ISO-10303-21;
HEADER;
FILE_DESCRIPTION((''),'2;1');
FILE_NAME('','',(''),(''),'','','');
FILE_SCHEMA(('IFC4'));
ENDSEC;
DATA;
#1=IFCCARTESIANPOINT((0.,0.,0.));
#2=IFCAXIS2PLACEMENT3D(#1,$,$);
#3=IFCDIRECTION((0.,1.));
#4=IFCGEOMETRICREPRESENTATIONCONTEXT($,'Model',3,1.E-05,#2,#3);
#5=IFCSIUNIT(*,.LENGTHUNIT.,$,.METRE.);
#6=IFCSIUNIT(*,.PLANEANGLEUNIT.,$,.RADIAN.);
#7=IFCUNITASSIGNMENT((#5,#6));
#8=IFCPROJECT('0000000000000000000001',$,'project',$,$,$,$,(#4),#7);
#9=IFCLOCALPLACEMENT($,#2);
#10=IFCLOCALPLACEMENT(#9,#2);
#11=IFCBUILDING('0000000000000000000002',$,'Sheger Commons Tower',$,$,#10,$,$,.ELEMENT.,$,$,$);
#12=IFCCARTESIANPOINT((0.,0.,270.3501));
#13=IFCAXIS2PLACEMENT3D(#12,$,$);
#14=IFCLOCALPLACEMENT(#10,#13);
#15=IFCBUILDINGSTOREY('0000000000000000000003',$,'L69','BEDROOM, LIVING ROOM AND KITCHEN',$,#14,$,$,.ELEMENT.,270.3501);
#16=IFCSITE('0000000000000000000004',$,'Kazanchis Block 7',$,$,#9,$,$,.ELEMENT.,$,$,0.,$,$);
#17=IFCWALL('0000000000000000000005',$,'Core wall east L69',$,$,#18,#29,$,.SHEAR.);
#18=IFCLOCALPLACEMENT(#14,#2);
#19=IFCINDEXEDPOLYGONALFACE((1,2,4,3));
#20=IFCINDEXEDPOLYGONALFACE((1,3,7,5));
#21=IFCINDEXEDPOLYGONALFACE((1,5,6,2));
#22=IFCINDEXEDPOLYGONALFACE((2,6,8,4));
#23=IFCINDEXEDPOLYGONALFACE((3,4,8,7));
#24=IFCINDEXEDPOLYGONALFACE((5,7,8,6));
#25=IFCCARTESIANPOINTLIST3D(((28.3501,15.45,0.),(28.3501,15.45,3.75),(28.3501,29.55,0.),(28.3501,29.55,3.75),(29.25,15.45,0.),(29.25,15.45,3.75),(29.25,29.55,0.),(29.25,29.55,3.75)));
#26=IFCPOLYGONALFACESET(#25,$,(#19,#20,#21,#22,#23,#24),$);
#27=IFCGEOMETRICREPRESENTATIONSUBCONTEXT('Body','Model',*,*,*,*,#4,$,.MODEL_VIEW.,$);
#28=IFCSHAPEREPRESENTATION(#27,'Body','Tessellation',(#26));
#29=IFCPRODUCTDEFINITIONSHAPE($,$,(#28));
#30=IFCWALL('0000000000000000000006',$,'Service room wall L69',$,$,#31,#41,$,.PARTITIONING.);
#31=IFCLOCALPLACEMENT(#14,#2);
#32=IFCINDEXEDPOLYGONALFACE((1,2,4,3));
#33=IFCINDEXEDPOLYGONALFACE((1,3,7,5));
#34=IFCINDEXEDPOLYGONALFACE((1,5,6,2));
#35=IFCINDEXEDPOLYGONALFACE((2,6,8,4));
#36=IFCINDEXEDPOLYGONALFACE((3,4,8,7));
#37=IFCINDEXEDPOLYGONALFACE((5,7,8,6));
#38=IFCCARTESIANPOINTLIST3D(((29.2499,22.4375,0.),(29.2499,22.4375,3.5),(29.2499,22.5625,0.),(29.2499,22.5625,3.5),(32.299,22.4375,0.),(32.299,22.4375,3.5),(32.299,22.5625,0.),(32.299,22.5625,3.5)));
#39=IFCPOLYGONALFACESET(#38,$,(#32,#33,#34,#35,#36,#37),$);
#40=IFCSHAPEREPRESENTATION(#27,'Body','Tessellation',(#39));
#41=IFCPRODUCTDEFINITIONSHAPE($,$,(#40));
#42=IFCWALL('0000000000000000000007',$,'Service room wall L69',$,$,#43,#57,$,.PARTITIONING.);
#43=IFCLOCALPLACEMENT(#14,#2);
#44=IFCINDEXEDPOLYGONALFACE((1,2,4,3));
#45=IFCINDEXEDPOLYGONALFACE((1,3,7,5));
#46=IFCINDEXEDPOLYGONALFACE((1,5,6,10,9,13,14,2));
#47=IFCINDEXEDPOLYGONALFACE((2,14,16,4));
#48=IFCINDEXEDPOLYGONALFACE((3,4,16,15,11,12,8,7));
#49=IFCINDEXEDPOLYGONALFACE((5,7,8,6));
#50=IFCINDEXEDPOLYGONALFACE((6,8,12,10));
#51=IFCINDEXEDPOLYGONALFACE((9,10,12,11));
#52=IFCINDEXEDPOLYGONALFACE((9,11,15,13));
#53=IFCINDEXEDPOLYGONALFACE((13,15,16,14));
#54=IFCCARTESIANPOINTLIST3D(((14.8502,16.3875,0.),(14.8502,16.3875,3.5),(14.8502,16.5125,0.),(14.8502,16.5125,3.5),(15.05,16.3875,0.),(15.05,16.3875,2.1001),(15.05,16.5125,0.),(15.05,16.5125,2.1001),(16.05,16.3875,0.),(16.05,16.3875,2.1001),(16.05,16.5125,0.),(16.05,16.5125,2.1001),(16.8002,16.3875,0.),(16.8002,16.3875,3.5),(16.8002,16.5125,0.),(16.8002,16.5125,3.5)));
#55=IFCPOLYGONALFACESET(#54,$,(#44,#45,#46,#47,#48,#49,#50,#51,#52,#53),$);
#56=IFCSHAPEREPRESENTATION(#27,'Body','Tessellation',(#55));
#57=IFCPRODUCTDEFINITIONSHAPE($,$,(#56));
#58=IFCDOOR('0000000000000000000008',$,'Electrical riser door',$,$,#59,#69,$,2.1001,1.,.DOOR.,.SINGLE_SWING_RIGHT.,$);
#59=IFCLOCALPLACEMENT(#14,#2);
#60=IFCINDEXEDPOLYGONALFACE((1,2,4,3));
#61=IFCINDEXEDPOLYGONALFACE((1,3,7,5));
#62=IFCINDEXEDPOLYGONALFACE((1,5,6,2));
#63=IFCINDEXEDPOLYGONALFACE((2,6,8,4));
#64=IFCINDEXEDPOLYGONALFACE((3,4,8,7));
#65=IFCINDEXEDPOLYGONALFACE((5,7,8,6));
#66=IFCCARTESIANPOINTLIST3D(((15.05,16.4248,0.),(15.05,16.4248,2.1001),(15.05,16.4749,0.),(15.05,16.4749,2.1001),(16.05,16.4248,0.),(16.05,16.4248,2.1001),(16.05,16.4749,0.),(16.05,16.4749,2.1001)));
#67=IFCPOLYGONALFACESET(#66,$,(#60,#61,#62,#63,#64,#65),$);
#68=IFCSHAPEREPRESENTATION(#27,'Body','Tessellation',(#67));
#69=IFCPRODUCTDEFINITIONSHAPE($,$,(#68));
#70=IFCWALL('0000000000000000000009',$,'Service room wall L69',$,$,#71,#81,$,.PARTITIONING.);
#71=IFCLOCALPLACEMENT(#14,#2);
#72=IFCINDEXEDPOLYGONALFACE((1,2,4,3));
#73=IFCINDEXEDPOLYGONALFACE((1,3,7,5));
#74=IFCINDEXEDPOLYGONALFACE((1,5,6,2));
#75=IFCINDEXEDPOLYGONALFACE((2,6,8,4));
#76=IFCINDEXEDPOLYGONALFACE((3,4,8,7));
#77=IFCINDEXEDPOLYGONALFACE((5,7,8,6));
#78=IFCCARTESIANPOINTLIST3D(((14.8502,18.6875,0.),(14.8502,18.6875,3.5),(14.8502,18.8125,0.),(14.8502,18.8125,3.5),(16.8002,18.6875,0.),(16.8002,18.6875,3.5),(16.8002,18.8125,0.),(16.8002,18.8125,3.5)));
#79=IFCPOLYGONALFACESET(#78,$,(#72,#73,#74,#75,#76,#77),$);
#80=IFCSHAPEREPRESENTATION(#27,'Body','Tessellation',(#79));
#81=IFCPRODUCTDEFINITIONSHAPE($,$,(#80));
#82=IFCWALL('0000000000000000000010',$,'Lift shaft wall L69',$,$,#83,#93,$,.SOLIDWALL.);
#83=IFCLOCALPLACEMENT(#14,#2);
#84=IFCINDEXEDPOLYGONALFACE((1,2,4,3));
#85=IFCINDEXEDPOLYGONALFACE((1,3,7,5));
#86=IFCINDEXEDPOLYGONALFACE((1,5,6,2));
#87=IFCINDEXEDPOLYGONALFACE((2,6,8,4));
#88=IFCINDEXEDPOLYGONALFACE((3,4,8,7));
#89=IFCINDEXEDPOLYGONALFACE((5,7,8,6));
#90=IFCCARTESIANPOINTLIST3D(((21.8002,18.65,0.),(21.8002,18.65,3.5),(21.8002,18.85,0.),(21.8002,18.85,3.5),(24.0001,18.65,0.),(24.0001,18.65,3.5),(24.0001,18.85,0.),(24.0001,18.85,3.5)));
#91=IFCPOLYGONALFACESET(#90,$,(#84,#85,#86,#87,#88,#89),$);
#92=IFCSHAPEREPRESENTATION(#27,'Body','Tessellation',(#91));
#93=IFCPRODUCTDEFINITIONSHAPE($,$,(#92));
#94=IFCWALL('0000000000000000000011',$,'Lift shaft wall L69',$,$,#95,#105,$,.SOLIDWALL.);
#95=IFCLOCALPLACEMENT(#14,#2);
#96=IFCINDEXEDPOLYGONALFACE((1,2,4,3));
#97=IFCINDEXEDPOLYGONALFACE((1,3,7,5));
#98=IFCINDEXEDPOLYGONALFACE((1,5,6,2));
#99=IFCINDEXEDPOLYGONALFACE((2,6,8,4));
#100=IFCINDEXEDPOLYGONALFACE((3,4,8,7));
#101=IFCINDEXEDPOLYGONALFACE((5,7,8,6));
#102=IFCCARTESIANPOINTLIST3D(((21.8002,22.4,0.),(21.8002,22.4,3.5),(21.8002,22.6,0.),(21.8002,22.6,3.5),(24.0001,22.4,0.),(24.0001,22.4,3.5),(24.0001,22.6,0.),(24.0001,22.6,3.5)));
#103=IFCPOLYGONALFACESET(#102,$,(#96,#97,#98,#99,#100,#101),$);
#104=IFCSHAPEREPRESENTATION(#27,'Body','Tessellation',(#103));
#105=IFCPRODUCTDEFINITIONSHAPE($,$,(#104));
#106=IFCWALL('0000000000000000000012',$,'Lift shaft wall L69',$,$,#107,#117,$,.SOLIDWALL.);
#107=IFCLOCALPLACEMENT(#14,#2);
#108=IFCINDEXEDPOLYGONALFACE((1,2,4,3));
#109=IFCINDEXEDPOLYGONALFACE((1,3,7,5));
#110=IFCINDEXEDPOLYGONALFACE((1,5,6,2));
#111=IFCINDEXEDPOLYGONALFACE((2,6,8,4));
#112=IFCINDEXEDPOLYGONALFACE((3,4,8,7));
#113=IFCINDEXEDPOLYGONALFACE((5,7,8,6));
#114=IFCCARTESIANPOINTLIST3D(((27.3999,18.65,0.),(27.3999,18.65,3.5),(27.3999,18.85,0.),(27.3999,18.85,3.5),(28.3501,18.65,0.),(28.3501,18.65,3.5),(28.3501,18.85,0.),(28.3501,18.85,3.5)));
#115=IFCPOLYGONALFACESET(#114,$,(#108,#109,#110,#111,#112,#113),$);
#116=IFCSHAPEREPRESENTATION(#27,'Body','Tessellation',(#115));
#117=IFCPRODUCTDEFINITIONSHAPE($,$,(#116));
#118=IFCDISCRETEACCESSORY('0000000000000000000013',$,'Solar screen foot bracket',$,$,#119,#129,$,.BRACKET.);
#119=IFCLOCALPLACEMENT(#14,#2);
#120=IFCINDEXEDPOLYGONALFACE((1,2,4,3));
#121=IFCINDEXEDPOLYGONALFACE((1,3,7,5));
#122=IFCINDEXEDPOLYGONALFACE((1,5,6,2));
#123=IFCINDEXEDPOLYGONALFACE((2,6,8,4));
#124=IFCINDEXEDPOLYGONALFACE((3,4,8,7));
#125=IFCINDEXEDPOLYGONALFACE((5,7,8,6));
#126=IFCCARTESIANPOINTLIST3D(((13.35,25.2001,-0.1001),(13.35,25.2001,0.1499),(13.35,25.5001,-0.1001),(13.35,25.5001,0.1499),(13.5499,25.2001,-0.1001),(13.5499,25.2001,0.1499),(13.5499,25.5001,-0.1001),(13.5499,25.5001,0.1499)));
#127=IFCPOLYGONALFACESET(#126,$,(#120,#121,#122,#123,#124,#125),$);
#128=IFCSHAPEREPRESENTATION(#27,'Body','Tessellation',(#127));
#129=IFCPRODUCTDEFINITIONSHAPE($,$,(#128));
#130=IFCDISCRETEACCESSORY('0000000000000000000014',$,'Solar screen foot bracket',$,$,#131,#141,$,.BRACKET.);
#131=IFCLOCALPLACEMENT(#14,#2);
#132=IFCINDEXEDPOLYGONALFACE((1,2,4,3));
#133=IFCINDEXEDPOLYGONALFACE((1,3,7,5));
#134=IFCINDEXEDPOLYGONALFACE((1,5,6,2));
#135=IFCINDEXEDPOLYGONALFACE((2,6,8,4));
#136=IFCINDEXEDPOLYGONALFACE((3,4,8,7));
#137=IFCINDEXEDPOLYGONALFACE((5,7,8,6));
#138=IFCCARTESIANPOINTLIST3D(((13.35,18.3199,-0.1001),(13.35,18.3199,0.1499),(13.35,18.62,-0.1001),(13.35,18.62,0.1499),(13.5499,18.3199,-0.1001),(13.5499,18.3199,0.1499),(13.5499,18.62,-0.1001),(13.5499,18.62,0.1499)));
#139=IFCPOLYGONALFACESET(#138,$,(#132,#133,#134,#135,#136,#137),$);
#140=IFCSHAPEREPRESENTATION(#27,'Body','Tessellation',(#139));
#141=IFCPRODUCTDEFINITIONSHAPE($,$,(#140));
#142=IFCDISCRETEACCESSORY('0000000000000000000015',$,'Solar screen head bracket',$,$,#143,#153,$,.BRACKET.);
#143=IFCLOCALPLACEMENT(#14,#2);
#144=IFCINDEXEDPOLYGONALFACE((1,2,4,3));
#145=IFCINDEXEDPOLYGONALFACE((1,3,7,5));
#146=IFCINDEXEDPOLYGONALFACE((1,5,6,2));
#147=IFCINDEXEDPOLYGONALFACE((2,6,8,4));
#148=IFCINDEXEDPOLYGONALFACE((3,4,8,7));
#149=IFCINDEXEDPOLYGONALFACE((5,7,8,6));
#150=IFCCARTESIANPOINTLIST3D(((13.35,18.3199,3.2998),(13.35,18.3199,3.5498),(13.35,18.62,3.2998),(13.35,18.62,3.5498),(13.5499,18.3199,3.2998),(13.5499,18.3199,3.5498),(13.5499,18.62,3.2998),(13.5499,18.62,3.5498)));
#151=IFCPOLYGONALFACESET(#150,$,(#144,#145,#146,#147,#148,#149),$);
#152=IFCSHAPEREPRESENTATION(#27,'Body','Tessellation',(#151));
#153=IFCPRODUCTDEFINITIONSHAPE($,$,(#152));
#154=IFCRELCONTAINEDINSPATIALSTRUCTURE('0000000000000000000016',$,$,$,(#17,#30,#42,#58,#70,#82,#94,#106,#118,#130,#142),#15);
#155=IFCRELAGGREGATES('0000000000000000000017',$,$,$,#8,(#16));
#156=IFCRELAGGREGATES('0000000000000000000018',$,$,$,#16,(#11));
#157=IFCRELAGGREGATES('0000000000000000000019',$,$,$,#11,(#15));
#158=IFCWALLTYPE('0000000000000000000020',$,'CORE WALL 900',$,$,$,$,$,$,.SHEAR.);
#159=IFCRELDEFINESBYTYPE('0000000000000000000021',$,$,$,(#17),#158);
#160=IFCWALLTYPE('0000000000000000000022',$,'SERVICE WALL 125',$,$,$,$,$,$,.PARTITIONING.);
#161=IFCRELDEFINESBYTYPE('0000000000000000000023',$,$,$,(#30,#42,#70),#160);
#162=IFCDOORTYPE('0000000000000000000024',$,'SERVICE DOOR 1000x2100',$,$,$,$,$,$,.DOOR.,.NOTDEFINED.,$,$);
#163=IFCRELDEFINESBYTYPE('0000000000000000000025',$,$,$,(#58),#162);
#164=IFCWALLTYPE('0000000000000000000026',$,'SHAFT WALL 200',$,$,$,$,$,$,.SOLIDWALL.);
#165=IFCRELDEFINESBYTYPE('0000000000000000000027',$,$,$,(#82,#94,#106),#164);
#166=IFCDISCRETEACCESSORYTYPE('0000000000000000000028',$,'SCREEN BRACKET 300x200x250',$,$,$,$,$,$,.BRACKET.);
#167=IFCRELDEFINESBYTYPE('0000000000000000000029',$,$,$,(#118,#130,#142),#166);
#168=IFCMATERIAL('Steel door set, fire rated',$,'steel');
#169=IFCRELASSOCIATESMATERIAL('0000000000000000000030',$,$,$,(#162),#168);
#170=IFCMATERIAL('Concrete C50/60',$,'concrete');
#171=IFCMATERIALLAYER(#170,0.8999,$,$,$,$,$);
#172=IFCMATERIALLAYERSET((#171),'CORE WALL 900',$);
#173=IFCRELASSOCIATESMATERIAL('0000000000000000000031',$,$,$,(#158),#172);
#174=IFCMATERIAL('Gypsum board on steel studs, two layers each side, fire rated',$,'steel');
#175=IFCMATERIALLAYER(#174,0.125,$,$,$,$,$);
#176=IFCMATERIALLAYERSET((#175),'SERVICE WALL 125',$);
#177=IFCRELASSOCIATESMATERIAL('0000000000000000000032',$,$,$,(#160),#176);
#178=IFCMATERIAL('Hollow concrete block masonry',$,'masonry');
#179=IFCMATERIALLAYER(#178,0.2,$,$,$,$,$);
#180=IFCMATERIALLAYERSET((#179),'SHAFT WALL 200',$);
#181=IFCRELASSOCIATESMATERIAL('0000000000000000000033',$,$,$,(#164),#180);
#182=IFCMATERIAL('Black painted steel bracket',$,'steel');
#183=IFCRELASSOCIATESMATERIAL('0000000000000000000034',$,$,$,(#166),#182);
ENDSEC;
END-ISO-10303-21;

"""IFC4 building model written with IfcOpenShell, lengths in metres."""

from ifc_helpers import new_model, si_unit, direction, frame, frame_2d, origin, origin_2d, place, context, subcontext, project, spatial, rectangle, extrude, material, layer, layer_set, type_object, element, fill, save


model = new_model("IFC4")

# Units and contexts
model_context = context("Model", 3, precision=1e-05, world=origin(), true_north=direction((0.0, 1.0)))
body_context = subcontext(model_context, "Body", "Model", "MODEL_VIEW")
ifc_project = project(units=[si_unit("LENGTHUNIT", "METRE"), si_unit("PLANEANGLEUNIT", "RADIAN")], contexts=[model_context])

# Site, building, storey
site_placement = place(None, origin())
site = spatial("IfcSite", under=ifc_project, at=site_placement, Name="Kazanchis Block 7", CompositionType="ELEMENT", RefElevation=0.0)
building_placement = place(site_placement, origin())
building = spatial("IfcBuilding", under=site, at=building_placement, Name="Sheger Commons Tower", CompositionType="ELEMENT")
storey_placement = place(building_placement, frame((0.0, 0.0, 270.3501)))
storey = spatial("IfcBuildingStorey", under=building, at=storey_placement, Name="L69", Description="BEDROOM, LIVING ROOM AND KITCHEN", CompositionType="ELEMENT", Elevation=270.3501)

# Shared definitions
ifc_material_1 = material(Name="Steel door set, fire rated", Category="steel")
door_type_1 = type_object("IfcDoorType", Name="SERVICE DOOR 1000x2100", OperationType="NOTDEFINED", PredefinedType="DOOR", material=ifc_material_1)

# Walls
ifc_material_2 = material(Name="Concrete C50/60", Category="concrete")
ifc_layer_1 = layer(ifc_material_2, 0.8999)
ifc_layer_set_1 = layer_set([ifc_layer_1], Name="CORE WALL 900")
wall_type_1 = type_object("IfcWallType", Name="CORE WALL 900", PredefinedType="SHEAR", material=ifc_layer_set_1)
for number, where, z_axis, x_axis, name in (
    (1, (28.8, 15.45, 0.0), (0.0, 0.0, 1.0), (0.0, 1.0, 0.0), "Core wall east L69"),
):
    element("IfcWall", number, at=place(storey_placement, frame(where, z_axis=z_axis, x_axis=x_axis)), inside=storey, type_object=wall_type_1, Name=name, PredefinedType="SHEAR", context=body_context, shape_type="SweptSolid", body=[
        extrude(rectangle(XDim=14.1001, YDim=0.8999, at=frame_2d((7.05, 0.0))), origin(), (0.0, 0.0, 1.0), 3.75),
    ])
ifc_material_3 = material(Name="Gypsum board on steel studs, two layers each side, fire rated", Category="steel")
ifc_layer_2 = layer(ifc_material_3, 0.125)
ifc_layer_set_2 = layer_set([ifc_layer_2], Name="SERVICE WALL 125")
wall_type_2 = type_object("IfcWallType", Name="SERVICE WALL 125", PredefinedType="PARTITIONING", material=ifc_layer_set_2)
wall_1_placement = place(storey_placement, frame((29.25, 22.5, 0.0), z_axis=(0.0, 0.0, 1.0), x_axis=(1.0, 0.0, 0.0)))
element("IfcWall", 2, at=wall_1_placement, inside=storey, type_object=wall_type_2, Name="Service room wall L69", PredefinedType="PARTITIONING", context=body_context, shape_type="SweptSolid", body=[
    extrude(rectangle(XDim=3.0491, YDim=0.125, at=frame_2d((1.5244, 0.0))), origin(), (0.0, 0.0, 1.0), 3.5),
])

# Wall, opening, door
wall_2_placement = place(storey_placement, frame((14.8501, 16.45, 0.0), z_axis=(0.0, 0.0, 1.0), x_axis=(1.0, 0.0, 0.0)))
wall_2 = element("IfcWall", 3, at=wall_2_placement, inside=storey, type_object=wall_type_2, Name="Service room wall L69", PredefinedType="PARTITIONING", context=body_context, shape_type="SweptSolid", body=[
    extrude(rectangle(XDim=1.95, YDim=0.125, at=frame_2d((0.9751, 0.0))), origin(), (0.0, 0.0, 1.0), 3.5),
])
opening_1_placement = place(wall_2_placement, frame((0.2, 0.0, 0.0)))
opening_1 = element("IfcOpeningElement", 4, at=opening_1_placement, cuts=wall_2, PredefinedType="OPENING", context=body_context, shape_type="SweptSolid", body=[
    extrude(rectangle(XDim=1.0, YDim=2.1001, at=frame_2d((0.5, 1.05))), frame((0.0, 0.0725, 0.0), z_axis=(0.0, -1.0, 0.0), x_axis=(1.0, 0.0, 0.0)), (0.0, 0.0, 1.0), 0.145),
])
door_1_placement = place(opening_1_placement, origin())
door_1 = element("IfcDoor", 5, at=door_1_placement, inside=storey, type_object=door_type_1, Name="Electrical riser door", OperationType="SINGLE_SWING_RIGHT", OverallHeight=2.1001, OverallWidth=1.0, PredefinedType="DOOR", context=body_context, shape_type="SweptSolid", body=[
    extrude(rectangle(XDim=1.0, YDim=2.1001, at=frame_2d((0.5, 1.05))), frame((0.0, 0.0249, 0.0), z_axis=(0.0, -1.0, 0.0), x_axis=(1.0, 0.0, 0.0)), (0.0, 0.0, 1.0), 0.05),
])
fill(opening_1, door_1)

# Walls
wall_3_placement = place(storey_placement, frame((14.8501, 18.75, 0.0), z_axis=(0.0, 0.0, 1.0), x_axis=(1.0, 0.0, 0.0)))
element("IfcWall", 6, at=wall_3_placement, inside=storey, type_object=wall_type_2, Name="Service room wall L69", PredefinedType="PARTITIONING", context=body_context, shape_type="SweptSolid", body=[
    extrude(rectangle(XDim=1.95, YDim=0.125, at=frame_2d((0.9751, 0.0))), origin(), (0.0, 0.0, 1.0), 3.5),
])
ifc_material_4 = material(Name="Hollow concrete block masonry", Category="masonry")
ifc_layer_3 = layer(ifc_material_4, 0.2)
ifc_layer_set_3 = layer_set([ifc_layer_3], Name="SHAFT WALL 200")
wall_type_3 = type_object("IfcWallType", Name="SHAFT WALL 200", PredefinedType="SOLIDWALL", material=ifc_layer_set_3)
for number, where, z_axis, x_axis, name in (
    (7, (21.8, 18.75, 0.0), (0.0, 0.0, 1.0), (1.0, 0.0, 0.0), "Lift shaft wall L69"),
    (8, (21.8, 22.5, 0.0), (0.0, 0.0, 1.0), (1.0, 0.0, 0.0), "Lift shaft wall L69"),
):
    element("IfcWall", number, at=place(storey_placement, frame(where, z_axis=z_axis, x_axis=x_axis)), inside=storey, type_object=wall_type_3, Name=name, PredefinedType="SOLIDWALL", context=body_context, shape_type="SweptSolid", body=[
        extrude(rectangle(XDim=2.2, YDim=0.2, at=frame_2d((1.1001, 0.0))), origin(), (0.0, 0.0, 1.0), 3.5),
    ])
wall_4_placement = place(storey_placement, frame((27.3999, 18.75, 0.0), z_axis=(0.0, 0.0, 1.0), x_axis=(1.0, 0.0, 0.0)))
element("IfcWall", 9, at=wall_4_placement, inside=storey, type_object=wall_type_3, Name="Lift shaft wall L69", PredefinedType="SOLIDWALL", context=body_context, shape_type="SweptSolid", body=[
    extrude(rectangle(XDim=0.9502, YDim=0.2, at=frame_2d((0.4751, 0.0))), origin(), (0.0, 0.0, 1.0), 3.5),
])

# Discrete accessories
ifc_material_5 = material(Name="Black painted steel bracket", Category="steel")
discrete_accessory_type = type_object("IfcDiscreteAccessoryType", Name="SCREEN BRACKET 300x200x250", PredefinedType="BRACKET", material=ifc_material_5)
for number, where, z_axis, x_axis, name in (
    (10, (13.45, 25.3501, -0.1001), (0.0, 0.0, 1.0), (0.0, -1.0, 0.0), "Solar screen foot bracket"),
    (11, (13.45, 18.47, -0.1001), (0.0, 0.0, 1.0), (0.0, -1.0, 0.0), "Solar screen foot bracket"),
    (12, (13.45, 18.47, 3.2998), (0.0, 0.0, 1.0), (0.0, -1.0, 0.0), "Solar screen head bracket"),
):
    element("IfcDiscreteAccessory", number, at=place(storey_placement, frame(where, z_axis=z_axis, x_axis=x_axis)), inside=storey, type_object=discrete_accessory_type, Name=name, PredefinedType="BRACKET", context=body_context, shape_type="SweptSolid", body=[
        extrude(rectangle(XDim=0.3, YDim=0.2, at=origin_2d()), origin(), (0.0, 0.0, 1.0), 0.25),
    ])

save(model, "model.ifc")
